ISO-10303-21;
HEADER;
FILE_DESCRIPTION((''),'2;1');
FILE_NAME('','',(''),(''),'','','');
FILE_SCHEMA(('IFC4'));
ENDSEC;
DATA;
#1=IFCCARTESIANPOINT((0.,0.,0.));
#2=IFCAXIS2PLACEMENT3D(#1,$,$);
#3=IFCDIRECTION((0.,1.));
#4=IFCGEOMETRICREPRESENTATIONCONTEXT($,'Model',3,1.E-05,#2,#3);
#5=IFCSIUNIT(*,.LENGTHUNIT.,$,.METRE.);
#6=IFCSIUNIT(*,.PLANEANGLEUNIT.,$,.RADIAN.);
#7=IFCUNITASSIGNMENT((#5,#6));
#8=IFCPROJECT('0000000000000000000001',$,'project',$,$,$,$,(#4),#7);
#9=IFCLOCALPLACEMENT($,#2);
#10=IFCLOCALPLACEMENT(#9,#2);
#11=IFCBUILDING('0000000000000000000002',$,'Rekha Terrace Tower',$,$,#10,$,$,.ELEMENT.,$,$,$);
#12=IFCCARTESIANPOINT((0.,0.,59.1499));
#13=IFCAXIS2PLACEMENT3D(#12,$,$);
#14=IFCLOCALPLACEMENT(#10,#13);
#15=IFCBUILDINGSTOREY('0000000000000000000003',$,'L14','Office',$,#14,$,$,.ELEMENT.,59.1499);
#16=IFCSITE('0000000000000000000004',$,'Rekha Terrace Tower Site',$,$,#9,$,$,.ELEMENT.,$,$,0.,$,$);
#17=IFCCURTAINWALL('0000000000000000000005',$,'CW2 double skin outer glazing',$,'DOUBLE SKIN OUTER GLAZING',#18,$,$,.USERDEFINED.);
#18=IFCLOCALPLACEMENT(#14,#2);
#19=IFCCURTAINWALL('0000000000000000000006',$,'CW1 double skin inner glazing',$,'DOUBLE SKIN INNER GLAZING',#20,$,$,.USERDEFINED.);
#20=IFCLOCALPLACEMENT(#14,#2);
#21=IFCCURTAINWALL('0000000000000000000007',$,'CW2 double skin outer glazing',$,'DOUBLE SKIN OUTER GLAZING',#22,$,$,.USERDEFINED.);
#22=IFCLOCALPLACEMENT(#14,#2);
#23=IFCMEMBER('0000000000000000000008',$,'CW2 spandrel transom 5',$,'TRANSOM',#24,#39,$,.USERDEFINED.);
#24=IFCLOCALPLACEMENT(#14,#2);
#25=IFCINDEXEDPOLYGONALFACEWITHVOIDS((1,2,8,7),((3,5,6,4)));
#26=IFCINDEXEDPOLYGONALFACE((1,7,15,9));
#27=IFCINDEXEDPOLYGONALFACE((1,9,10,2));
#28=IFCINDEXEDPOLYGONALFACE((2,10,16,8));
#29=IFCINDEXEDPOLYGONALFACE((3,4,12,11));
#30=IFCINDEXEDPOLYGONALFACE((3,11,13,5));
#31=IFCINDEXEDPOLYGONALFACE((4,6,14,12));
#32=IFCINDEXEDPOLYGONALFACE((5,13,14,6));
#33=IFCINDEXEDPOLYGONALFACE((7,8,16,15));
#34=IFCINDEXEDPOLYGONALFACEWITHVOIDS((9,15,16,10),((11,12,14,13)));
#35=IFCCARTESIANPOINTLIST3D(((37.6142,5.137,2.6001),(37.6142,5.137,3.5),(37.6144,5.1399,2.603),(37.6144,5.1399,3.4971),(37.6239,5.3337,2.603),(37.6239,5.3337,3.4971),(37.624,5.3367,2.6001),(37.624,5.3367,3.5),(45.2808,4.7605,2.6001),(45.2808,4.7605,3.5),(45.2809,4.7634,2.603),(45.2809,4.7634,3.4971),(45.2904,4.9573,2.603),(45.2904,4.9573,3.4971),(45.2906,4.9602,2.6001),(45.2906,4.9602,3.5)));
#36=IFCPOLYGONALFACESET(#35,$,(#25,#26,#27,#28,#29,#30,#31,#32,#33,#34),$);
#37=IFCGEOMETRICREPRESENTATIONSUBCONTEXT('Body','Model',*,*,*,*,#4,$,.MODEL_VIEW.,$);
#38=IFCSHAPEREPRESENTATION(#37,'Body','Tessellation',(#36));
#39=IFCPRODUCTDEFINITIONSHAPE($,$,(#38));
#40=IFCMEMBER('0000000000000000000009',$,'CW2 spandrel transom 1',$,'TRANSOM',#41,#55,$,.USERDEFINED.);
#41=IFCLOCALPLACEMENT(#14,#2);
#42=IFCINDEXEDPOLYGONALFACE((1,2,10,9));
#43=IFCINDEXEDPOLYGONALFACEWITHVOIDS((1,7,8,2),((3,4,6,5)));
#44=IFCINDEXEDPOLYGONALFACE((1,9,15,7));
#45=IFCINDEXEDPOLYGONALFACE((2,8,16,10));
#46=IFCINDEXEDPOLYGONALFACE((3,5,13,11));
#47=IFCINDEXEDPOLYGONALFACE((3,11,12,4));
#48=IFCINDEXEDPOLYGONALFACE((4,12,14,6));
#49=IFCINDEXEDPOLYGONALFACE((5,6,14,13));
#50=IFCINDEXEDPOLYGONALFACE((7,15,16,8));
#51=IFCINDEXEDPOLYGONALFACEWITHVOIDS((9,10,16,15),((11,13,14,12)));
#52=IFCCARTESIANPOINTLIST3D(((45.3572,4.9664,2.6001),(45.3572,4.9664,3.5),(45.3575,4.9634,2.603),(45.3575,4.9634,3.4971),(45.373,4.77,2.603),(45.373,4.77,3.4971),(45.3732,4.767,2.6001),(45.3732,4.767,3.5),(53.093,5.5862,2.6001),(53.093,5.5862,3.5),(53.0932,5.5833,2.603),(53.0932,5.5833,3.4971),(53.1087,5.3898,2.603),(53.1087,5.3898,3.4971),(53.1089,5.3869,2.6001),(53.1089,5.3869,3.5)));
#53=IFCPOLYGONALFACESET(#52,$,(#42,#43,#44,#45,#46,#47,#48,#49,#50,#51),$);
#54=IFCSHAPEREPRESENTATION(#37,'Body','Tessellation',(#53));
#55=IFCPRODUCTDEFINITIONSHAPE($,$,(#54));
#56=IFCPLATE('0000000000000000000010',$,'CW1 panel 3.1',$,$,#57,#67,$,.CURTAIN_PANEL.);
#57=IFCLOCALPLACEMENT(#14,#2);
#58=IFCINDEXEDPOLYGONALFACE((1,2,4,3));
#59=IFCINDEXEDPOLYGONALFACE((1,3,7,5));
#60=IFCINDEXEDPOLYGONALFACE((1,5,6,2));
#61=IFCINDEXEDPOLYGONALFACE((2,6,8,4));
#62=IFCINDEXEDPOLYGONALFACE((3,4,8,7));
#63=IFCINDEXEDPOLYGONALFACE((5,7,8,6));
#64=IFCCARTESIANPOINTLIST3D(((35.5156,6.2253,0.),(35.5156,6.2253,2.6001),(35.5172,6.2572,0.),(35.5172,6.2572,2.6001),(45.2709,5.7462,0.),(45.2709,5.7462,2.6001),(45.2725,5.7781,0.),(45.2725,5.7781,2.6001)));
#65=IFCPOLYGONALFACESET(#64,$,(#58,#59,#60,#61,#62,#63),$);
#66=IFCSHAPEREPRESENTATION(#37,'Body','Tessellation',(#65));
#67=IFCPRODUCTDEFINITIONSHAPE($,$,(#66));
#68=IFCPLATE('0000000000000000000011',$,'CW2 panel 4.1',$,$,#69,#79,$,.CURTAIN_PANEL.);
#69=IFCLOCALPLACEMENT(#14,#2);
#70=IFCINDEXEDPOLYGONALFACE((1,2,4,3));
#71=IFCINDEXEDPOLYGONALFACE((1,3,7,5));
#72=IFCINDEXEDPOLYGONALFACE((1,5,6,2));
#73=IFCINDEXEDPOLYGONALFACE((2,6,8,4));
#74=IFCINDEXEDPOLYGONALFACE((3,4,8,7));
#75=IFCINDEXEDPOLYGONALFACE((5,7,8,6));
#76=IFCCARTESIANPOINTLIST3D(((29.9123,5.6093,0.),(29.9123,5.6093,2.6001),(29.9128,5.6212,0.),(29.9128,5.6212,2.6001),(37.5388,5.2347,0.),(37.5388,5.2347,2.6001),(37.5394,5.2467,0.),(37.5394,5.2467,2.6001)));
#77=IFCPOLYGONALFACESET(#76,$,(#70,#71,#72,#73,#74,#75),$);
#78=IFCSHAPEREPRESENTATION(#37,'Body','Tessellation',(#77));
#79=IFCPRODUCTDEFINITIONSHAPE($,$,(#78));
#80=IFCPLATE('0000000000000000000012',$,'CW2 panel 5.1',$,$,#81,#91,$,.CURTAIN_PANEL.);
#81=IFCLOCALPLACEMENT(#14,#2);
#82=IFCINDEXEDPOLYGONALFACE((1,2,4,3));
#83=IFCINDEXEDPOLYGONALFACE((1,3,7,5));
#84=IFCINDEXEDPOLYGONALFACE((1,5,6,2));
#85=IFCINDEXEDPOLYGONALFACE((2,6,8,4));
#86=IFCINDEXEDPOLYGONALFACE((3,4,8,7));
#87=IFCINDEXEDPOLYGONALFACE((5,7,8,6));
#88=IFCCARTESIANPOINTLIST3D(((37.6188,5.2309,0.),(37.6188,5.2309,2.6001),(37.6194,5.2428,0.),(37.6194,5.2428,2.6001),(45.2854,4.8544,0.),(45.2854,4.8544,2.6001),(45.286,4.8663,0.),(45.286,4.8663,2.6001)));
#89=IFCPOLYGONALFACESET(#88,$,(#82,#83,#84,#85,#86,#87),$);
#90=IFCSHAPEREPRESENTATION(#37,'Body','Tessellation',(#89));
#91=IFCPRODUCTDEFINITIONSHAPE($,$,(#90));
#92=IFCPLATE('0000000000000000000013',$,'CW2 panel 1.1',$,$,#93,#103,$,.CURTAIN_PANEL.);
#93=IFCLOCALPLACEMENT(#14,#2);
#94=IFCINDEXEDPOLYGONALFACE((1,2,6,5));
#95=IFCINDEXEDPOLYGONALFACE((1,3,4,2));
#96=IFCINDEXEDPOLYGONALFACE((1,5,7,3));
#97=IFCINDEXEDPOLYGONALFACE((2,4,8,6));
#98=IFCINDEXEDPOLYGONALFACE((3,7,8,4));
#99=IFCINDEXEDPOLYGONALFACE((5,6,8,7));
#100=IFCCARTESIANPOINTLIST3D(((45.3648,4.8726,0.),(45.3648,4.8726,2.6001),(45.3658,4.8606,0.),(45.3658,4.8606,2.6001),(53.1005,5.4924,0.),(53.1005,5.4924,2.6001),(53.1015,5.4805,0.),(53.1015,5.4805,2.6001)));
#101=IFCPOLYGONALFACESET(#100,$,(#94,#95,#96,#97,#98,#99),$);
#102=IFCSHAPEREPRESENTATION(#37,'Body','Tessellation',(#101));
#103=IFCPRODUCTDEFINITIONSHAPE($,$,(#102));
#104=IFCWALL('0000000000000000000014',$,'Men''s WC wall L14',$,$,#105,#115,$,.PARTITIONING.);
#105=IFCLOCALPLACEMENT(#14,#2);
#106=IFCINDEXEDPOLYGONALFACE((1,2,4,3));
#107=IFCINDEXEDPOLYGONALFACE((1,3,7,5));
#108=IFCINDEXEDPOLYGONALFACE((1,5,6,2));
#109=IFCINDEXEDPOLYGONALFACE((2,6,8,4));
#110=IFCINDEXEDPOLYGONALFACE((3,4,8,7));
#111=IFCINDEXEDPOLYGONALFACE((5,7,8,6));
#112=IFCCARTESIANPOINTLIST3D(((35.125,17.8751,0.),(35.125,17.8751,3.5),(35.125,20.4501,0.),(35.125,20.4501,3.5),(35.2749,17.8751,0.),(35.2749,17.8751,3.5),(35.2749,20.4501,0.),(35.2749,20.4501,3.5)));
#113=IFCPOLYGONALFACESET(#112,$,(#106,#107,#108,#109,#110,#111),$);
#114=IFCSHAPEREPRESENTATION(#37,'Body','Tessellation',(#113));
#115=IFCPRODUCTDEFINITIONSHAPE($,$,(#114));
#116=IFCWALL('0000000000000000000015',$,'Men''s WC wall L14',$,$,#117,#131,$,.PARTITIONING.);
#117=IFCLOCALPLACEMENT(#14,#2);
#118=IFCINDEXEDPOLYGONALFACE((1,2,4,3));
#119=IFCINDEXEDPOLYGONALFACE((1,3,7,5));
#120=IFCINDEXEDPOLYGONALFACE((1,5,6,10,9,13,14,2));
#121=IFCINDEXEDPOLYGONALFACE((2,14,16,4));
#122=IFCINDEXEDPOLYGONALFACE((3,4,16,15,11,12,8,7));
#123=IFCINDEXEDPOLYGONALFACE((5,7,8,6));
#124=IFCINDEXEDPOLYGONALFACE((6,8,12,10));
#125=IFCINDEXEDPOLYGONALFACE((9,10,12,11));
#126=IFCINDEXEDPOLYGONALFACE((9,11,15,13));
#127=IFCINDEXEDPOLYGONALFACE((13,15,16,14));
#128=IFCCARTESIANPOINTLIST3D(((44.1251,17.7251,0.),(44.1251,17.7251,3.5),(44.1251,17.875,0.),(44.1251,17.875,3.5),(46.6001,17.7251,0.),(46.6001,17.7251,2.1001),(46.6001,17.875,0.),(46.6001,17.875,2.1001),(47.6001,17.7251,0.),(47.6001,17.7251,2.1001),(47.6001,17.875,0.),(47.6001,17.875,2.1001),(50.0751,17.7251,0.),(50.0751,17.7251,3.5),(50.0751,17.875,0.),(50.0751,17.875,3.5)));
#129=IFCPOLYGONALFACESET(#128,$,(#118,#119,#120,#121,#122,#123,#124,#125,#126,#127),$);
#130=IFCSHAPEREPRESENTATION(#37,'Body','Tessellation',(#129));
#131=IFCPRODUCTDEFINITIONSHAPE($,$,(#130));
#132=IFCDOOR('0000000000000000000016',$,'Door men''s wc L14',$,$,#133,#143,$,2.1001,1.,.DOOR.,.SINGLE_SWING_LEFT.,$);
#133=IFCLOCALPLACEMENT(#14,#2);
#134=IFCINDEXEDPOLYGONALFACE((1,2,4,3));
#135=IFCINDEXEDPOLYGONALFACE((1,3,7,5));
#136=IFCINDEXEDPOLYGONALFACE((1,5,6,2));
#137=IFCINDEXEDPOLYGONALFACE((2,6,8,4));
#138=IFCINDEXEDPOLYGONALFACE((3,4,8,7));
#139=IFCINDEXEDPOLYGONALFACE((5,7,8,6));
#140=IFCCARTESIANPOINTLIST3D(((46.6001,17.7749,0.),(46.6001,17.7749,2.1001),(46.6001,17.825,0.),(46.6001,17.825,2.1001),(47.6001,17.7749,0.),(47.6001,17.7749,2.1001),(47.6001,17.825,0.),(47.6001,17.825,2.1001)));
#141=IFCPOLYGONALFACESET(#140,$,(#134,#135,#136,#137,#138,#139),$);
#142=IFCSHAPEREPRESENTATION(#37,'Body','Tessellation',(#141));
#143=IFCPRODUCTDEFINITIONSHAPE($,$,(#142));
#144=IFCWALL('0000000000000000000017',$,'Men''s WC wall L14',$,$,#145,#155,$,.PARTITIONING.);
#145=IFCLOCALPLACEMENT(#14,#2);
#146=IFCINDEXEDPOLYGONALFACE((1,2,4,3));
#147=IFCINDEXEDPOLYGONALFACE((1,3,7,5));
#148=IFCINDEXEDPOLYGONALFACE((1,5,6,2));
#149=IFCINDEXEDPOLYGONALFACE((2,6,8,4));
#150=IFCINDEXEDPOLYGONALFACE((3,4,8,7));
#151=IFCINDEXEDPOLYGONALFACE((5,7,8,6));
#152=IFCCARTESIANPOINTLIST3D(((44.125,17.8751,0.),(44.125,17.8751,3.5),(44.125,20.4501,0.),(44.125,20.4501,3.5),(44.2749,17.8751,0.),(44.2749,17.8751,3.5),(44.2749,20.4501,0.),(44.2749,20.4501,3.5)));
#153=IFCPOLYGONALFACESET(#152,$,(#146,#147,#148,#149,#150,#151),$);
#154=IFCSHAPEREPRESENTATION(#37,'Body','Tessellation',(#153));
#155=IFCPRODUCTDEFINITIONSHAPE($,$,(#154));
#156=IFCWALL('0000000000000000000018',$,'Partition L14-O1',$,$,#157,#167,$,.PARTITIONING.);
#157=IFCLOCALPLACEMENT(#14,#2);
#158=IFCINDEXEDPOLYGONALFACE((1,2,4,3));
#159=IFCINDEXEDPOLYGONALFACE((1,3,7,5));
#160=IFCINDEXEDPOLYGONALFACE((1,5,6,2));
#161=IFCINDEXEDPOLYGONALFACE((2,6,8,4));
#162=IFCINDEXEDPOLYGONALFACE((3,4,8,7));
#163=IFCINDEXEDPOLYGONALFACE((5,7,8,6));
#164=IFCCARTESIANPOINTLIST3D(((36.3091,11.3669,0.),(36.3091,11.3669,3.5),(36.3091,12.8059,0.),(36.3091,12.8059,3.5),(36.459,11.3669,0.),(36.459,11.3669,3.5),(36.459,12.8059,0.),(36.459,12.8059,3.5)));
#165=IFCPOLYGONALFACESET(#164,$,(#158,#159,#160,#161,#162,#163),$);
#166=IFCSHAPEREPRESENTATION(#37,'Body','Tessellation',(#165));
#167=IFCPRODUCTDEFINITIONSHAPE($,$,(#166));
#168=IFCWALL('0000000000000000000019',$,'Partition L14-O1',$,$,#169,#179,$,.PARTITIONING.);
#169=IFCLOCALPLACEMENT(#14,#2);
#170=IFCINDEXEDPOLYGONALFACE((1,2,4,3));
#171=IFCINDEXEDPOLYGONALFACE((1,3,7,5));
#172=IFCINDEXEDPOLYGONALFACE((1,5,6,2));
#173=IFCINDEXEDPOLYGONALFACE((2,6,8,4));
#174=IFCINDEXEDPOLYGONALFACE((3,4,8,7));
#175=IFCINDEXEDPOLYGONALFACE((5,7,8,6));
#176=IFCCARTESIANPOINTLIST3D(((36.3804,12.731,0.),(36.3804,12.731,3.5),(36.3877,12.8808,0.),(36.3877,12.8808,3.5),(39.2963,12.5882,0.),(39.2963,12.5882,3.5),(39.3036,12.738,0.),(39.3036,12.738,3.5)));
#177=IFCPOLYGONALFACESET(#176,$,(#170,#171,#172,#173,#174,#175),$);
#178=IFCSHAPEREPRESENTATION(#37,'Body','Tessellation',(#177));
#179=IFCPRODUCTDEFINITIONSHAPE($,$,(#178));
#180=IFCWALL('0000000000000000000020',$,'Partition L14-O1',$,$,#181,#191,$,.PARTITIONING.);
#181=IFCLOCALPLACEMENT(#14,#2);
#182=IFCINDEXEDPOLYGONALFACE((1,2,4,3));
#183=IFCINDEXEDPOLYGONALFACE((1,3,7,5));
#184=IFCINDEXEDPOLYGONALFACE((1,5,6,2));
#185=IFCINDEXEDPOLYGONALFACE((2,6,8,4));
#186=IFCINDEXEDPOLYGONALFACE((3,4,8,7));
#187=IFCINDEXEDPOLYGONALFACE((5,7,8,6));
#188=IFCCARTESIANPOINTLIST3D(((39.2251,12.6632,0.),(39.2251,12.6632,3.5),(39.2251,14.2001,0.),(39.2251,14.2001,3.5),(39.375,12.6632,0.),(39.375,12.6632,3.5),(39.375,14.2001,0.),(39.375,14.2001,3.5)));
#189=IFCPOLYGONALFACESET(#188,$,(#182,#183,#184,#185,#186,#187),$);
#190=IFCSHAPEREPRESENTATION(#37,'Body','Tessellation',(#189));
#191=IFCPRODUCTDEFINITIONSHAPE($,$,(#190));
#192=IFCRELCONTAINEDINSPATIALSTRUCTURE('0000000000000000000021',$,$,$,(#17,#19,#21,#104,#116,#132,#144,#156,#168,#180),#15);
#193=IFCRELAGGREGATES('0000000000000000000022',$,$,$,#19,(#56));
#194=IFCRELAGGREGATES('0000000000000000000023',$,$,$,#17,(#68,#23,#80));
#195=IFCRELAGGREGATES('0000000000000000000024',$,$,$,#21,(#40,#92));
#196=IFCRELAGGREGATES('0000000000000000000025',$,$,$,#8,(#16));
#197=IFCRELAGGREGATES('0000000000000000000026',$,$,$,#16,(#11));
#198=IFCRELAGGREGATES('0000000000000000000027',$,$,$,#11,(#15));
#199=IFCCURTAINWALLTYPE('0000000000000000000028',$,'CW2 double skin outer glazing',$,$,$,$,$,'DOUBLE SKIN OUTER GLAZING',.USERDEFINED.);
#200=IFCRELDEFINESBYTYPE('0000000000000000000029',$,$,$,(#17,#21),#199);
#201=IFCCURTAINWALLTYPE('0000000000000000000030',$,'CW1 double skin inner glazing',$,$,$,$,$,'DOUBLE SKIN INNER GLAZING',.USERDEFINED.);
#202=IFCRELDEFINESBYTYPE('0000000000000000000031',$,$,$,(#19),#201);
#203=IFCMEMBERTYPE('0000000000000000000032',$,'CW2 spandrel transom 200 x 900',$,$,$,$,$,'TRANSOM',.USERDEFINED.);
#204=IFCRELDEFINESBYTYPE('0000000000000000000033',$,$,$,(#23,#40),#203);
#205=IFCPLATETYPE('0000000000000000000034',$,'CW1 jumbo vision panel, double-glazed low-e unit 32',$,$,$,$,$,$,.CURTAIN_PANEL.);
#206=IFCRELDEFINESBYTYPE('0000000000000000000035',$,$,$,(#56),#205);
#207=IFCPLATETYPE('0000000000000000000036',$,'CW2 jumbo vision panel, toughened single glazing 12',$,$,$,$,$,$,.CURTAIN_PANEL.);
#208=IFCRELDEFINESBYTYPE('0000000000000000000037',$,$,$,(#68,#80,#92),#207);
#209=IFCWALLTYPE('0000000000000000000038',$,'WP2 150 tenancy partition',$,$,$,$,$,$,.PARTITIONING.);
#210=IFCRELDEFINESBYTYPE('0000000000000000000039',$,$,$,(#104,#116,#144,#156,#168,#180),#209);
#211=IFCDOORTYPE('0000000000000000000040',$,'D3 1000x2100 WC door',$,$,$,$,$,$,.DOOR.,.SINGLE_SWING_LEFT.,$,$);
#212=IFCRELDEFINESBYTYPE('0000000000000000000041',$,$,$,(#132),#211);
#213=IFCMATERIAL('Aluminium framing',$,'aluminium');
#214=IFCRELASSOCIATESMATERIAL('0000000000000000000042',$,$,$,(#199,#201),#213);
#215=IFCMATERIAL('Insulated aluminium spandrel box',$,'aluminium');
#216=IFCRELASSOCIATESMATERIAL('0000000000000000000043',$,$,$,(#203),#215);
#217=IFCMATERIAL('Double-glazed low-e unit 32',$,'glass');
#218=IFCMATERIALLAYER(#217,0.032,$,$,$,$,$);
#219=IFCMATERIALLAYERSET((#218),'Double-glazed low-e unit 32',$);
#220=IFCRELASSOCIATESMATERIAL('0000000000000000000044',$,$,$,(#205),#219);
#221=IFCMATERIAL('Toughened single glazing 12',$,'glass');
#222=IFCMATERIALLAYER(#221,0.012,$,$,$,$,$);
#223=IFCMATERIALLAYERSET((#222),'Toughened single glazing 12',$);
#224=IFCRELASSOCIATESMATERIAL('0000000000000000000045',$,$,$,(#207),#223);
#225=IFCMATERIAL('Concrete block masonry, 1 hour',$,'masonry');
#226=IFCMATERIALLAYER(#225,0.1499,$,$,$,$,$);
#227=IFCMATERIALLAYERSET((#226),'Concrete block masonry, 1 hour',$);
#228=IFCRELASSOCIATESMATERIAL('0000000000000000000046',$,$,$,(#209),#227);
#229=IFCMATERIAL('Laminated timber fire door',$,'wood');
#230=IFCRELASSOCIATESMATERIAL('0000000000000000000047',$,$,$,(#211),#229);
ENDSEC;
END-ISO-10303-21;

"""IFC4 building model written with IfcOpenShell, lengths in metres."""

from ifc_helpers import new_model, si_unit, direction, frame, frame_2d, origin, origin_2d, place, context, subcontext, project, spatial, rectangle, hollow_rectangle, extrude, material, layer, layer_set, material_profile, profile_set, type_object, element, fill, aggregate, save


model = new_model("IFC4")

# Units and contexts
model_context = context("Model", 3, precision=1e-05, world=origin(), true_north=direction((0.0, 1.0)))
body_context = subcontext(model_context, "Body", "Model", "MODEL_VIEW")
ifc_project = project(units=[si_unit("LENGTHUNIT", "METRE"), si_unit("PLANEANGLEUNIT", "RADIAN")], contexts=[model_context])

# Site, building, storey
site_placement = place(None, origin())
site = spatial("IfcSite", under=ifc_project, at=site_placement, Name="Rekha Terrace Tower Site", CompositionType="ELEMENT", RefElevation=0.0)
building_placement = place(site_placement, origin())
building = spatial("IfcBuilding", under=site, at=building_placement, Name="Rekha Terrace Tower", CompositionType="ELEMENT")
storey_placement = place(building_placement, frame((0.0, 0.0, 59.1499)))
storey = spatial("IfcBuildingStorey", under=building, at=storey_placement, Name="L14", Description="Office", CompositionType="ELEMENT", Elevation=59.1499)

# Curtain walls
ifc_material_1 = material(Name="Aluminium framing", Category="aluminium")
curtain_wall_type_1 = type_object("IfcCurtainWallType", Name="CW2 double skin outer glazing", ElementType="DOUBLE SKIN OUTER GLAZING", PredefinedType="USERDEFINED", material=ifc_material_1)
curtain_wall_1_placement = place(storey_placement, origin())
curtain_wall_1 = element("IfcCurtainWall", 1, at=curtain_wall_1_placement, inside=storey, type_object=curtain_wall_type_1, Name="CW2 double skin outer glazing", ObjectType="DOUBLE SKIN OUTER GLAZING", PredefinedType="USERDEFINED")
curtain_wall_type_2 = type_object("IfcCurtainWallType", Name="CW1 double skin inner glazing", ElementType="DOUBLE SKIN INNER GLAZING", PredefinedType="USERDEFINED", material=ifc_material_1)
curtain_wall_2_placement = place(storey_placement, origin())
curtain_wall_2 = element("IfcCurtainWall", 2, at=curtain_wall_2_placement, inside=storey, type_object=curtain_wall_type_2, Name="CW1 double skin inner glazing", ObjectType="DOUBLE SKIN INNER GLAZING", PredefinedType="USERDEFINED")

# Shared definitions
ifc_material_2 = material(Name="Insulated aluminium spandrel box", Category="aluminium")

# Curtain wall
curtain_wall_3_placement = place(storey_placement, origin())
curtain_wall_3 = element("IfcCurtainWall", 3, at=curtain_wall_3_placement, inside=storey, type_object=curtain_wall_type_1, Name="CW2 double skin outer glazing", ObjectType="DOUBLE SKIN OUTER GLAZING", PredefinedType="USERDEFINED")

# Members
ifc_material_profile_1 = material_profile(ifc_material_2, hollow_rectangle(XDim=0.2, YDim=0.8999, WallThickness=0.0029, at=origin_2d()), Name="AL SPANDREL BOX 200x900")
ifc_profile_set_1 = profile_set([ifc_material_profile_1], Name="Insulated aluminium spandrel box")
member_type_1 = type_object("IfcMemberType", Name="CW2 spandrel transom 200 x 900", ElementType="TRANSOM", PredefinedType="USERDEFINED", material=ifc_profile_set_1)
member_1_placement = place(storey_placement, frame((37.6191, 5.2368, 3.05), z_axis=(0.998797, -0.049046, 0.0), x_axis=(0.049046, 0.998797, 0.0)))
member_1 = element("IfcMember", 4, at=member_1_placement, type_object=member_type_1, Name="CW2 spandrel transom 5", ObjectType="TRANSOM", PredefinedType="USERDEFINED", context=body_context, shape_type="SweptSolid", body=[
    extrude(hollow_rectangle(XDim=0.2, YDim=0.8999, WallThickness=0.0029, at=origin_2d()), origin(), (0.0, 0.0, 1.0), 7.6758),
])
member_2_placement = place(storey_placement, frame((45.3652, 4.8667, 3.05), z_axis=(0.996805, 0.079877, 0.0), x_axis=(-0.079877, 0.996805, 0.0)))
member_2 = element("IfcMember", 5, at=member_2_placement, type_object=member_type_1, Name="CW2 spandrel transom 1", ObjectType="TRANSOM", PredefinedType="USERDEFINED", context=body_context, shape_type="SweptSolid", body=[
    extrude(hollow_rectangle(XDim=0.2, YDim=0.8999, WallThickness=0.0029, at=origin_2d()), origin(), (0.0, 0.0, 1.0), 7.7605),
])

# Plates
ifc_material_3 = material(Name="Double-glazed low-e unit 32", Category="glass")
ifc_layer_1 = layer(ifc_material_3, 0.032)
ifc_layer_set_1 = layer_set([ifc_layer_1], Name="Double-glazed low-e unit 32")
plate_type_1 = type_object("IfcPlateType", Name="CW1 jumbo vision panel, double-glazed low-e unit 32", PredefinedType="CURTAIN_PANEL", material=ifc_layer_set_1)
plate_1_placement = place(storey_placement, frame((40.394, 6.0017, 0.0), z_axis=(0.0, 0.0, 1.0), x_axis=(0.998796, -0.049052, 0.0)))
plate_1 = element("IfcPlate", 6, at=plate_1_placement, type_object=plate_type_1, Name="CW1 panel 3.1", PredefinedType="CURTAIN_PANEL", context=body_context, shape_type="SweptSolid", body=[
    extrude(rectangle(XDim=9.7671, YDim=0.032, at=origin_2d()), origin(), (0.0, 0.0, 1.0), 2.6001),
])
aggregate(curtain_wall_2, [plate_1])
ifc_material_4 = material(Name="Toughened single glazing 12", Category="glass")
ifc_layer_2 = layer(ifc_material_4, 0.012)
ifc_layer_set_2 = layer_set([ifc_layer_2], Name="Toughened single glazing 12")
plate_type_2 = type_object("IfcPlateType", Name="CW2 jumbo vision panel, toughened single glazing 12", PredefinedType="CURTAIN_PANEL", material=ifc_layer_set_2)
plate_2_placement = place(storey_placement, frame((33.7258, 5.428, 0.0), z_axis=(0.0, 0.0, 1.0), x_axis=(0.998796, -0.049052, 0.0)))
plate_2 = element("IfcPlate", 7, at=plate_2_placement, type_object=plate_type_2, Name="CW2 panel 4.1", PredefinedType="CURTAIN_PANEL", context=body_context, shape_type="SweptSolid", body=[
    extrude(rectangle(XDim=7.6357, YDim=0.012, at=origin_2d()), origin(), (0.0, 0.0, 1.0), 2.6001),
])
plate_3_placement = place(storey_placement, frame((41.4524, 5.0486, 0.0), z_axis=(0.0, 0.0, 1.0), x_axis=(0.998796, -0.049052, 0.0)))
plate_3 = element("IfcPlate", 8, at=plate_3_placement, type_object=plate_type_2, Name="CW2 panel 5.1", PredefinedType="CURTAIN_PANEL", context=body_context, shape_type="SweptSolid", body=[
    extrude(rectangle(XDim=7.6758, YDim=0.012, at=origin_2d()), origin(), (0.0, 0.0, 1.0), 2.6001),
])
aggregate(curtain_wall_1, [plate_2, member_1, plate_3])
plate_4_placement = place(storey_placement, frame((49.2332, 5.1765, 0.0), z_axis=(0.0, 0.0, 1.0), x_axis=(0.996805, 0.079872, 0.0)))
plate_4 = element("IfcPlate", 9, at=plate_4_placement, type_object=plate_type_2, Name="CW2 panel 1.1", PredefinedType="CURTAIN_PANEL", context=body_context, shape_type="SweptSolid", body=[
    extrude(rectangle(XDim=7.7605, YDim=0.012, at=origin_2d()), origin(), (0.0, 0.0, 1.0), 2.6001),
])
aggregate(curtain_wall_3, [member_2, plate_4])

# Wall
ifc_material_5 = material(Name="Concrete block masonry, 1 hour", Category="masonry")
ifc_layer_3 = layer(ifc_material_5, 0.1499)
ifc_layer_set_3 = layer_set([ifc_layer_3], Name="Concrete block masonry, 1 hour")
wall_type_1 = type_object("IfcWallType", Name="WP2 150 tenancy partition", PredefinedType="PARTITIONING", material=ifc_layer_set_3)
wall_1_placement = place(storey_placement, frame((35.2, 17.875, 0.0), z_axis=(0.0, 0.0, 1.0), x_axis=(0.0, 1.0, 0.0)))
element("IfcWall", 10, at=wall_1_placement, inside=storey, type_object=wall_type_1, Name="Men's WC wall L14", PredefinedType="PARTITIONING", context=body_context, shape_type="SweptSolid", body=[
    extrude(rectangle(XDim=2.575, YDim=0.1499, at=frame_2d((1.2876, 0.0))), origin(), (0.0, 0.0, 1.0), 3.5),
])

# Wall, opening, door
wall_2_placement = place(storey_placement, frame((44.125, 17.8, 0.0), z_axis=(0.0, 0.0, 1.0), x_axis=(1.0, 0.0, 0.0)))
wall_2 = element("IfcWall", 11, at=wall_2_placement, inside=storey, type_object=wall_type_1, Name="Men's WC wall L14", PredefinedType="PARTITIONING", context=body_context, shape_type="SweptSolid", body=[
    extrude(rectangle(XDim=5.95, YDim=0.1499, at=frame_2d((2.9751, 0.0))), origin(), (0.0, 0.0, 1.0), 3.5),
])
opening_1_placement = place(wall_2_placement, frame((2.4751, 0.0, 0.0)))
opening_1 = element("IfcOpeningElement", 12, at=opening_1_placement, cuts=wall_2, PredefinedType="OPENING", context=body_context, shape_type="SweptSolid", body=[
    extrude(rectangle(XDim=1.0, YDim=2.1001, at=frame_2d((0.5, 1.05))), frame((0.0, 0.085, 0.0), z_axis=(0.0, -1.0, 0.0), x_axis=(1.0, 0.0, 0.0)), (0.0, 0.0, 1.0), 0.1699),
])
ifc_material_6 = material(Name="Laminated timber fire door", Category="wood")
door_type_1 = type_object("IfcDoorType", Name="D3 1000x2100 WC door", OperationType="SINGLE_SWING_LEFT", PredefinedType="DOOR", material=ifc_material_6)
door_1_placement = place(opening_1_placement, origin())
door_1 = element("IfcDoor", 13, at=door_1_placement, inside=storey, type_object=door_type_1, Name="Door men's wc L14", OperationType="SINGLE_SWING_LEFT", OverallHeight=2.1001, OverallWidth=1.0, PredefinedType="DOOR", context=body_context, shape_type="SweptSolid", body=[
    extrude(rectangle(XDim=1.0, YDim=2.1001, at=frame_2d((0.5, 1.05))), frame((0.0, 0.0249, 0.0), z_axis=(0.0, -1.0, 0.0), x_axis=(1.0, 0.0, 0.0)), (0.0, 0.0, 1.0), 0.05),
])
fill(opening_1, door_1)

# Walls
wall_3_placement = place(storey_placement, frame((44.2, 17.875, 0.0), z_axis=(0.0, 0.0, 1.0), x_axis=(0.0, 1.0, 0.0)))
element("IfcWall", 14, at=wall_3_placement, inside=storey, type_object=wall_type_1, Name="Men's WC wall L14", PredefinedType="PARTITIONING", context=body_context, shape_type="SweptSolid", body=[
    extrude(rectangle(XDim=2.575, YDim=0.1499, at=frame_2d((1.2876, 0.0))), origin(), (0.0, 0.0, 1.0), 3.5),
])
wall_4_placement = place(storey_placement, frame((36.384, 11.3669, 0.0), z_axis=(0.0, 0.0, 1.0), x_axis=(0.0, 1.0, 0.0)))
element("IfcWall", 15, at=wall_4_placement, inside=storey, type_object=wall_type_1, Name="Partition L14-O1", PredefinedType="PARTITIONING", context=body_context, shape_type="SweptSolid", body=[
    extrude(rectangle(XDim=1.439, YDim=0.1499, at=frame_2d((0.7195, 0.0))), origin(), (0.0, 0.0, 1.0), 3.5),
])
wall_5_placement = place(storey_placement, frame((36.384, 12.8059, 0.0), z_axis=(0.0, 0.0, 1.0), x_axis=(0.998803, -0.04892, 0.0)))
element("IfcWall", 16, at=wall_5_placement, inside=storey, type_object=wall_type_1, Name="Partition L14-O1", PredefinedType="PARTITIONING", context=body_context, shape_type="SweptSolid", body=[
    extrude(rectangle(XDim=2.9194, YDim=0.1499, at=frame_2d((1.4597, 0.0))), origin(), (0.0, 0.0, 1.0), 3.5),
])
wall_6_placement = place(storey_placement, frame((39.3, 12.6631, 0.0), z_axis=(0.0, 0.0, 1.0), x_axis=(0.0, 1.0, 0.0)))
element("IfcWall", 17, at=wall_6_placement, inside=storey, type_object=wall_type_1, Name="Partition L14-O1", PredefinedType="PARTITIONING", context=body_context, shape_type="SweptSolid", body=[
    extrude(rectangle(XDim=1.5369, YDim=0.1499, at=frame_2d((0.7686, 0.0))), origin(), (0.0, 0.0, 1.0), 3.5),
])

save(model, "model.ifc")
